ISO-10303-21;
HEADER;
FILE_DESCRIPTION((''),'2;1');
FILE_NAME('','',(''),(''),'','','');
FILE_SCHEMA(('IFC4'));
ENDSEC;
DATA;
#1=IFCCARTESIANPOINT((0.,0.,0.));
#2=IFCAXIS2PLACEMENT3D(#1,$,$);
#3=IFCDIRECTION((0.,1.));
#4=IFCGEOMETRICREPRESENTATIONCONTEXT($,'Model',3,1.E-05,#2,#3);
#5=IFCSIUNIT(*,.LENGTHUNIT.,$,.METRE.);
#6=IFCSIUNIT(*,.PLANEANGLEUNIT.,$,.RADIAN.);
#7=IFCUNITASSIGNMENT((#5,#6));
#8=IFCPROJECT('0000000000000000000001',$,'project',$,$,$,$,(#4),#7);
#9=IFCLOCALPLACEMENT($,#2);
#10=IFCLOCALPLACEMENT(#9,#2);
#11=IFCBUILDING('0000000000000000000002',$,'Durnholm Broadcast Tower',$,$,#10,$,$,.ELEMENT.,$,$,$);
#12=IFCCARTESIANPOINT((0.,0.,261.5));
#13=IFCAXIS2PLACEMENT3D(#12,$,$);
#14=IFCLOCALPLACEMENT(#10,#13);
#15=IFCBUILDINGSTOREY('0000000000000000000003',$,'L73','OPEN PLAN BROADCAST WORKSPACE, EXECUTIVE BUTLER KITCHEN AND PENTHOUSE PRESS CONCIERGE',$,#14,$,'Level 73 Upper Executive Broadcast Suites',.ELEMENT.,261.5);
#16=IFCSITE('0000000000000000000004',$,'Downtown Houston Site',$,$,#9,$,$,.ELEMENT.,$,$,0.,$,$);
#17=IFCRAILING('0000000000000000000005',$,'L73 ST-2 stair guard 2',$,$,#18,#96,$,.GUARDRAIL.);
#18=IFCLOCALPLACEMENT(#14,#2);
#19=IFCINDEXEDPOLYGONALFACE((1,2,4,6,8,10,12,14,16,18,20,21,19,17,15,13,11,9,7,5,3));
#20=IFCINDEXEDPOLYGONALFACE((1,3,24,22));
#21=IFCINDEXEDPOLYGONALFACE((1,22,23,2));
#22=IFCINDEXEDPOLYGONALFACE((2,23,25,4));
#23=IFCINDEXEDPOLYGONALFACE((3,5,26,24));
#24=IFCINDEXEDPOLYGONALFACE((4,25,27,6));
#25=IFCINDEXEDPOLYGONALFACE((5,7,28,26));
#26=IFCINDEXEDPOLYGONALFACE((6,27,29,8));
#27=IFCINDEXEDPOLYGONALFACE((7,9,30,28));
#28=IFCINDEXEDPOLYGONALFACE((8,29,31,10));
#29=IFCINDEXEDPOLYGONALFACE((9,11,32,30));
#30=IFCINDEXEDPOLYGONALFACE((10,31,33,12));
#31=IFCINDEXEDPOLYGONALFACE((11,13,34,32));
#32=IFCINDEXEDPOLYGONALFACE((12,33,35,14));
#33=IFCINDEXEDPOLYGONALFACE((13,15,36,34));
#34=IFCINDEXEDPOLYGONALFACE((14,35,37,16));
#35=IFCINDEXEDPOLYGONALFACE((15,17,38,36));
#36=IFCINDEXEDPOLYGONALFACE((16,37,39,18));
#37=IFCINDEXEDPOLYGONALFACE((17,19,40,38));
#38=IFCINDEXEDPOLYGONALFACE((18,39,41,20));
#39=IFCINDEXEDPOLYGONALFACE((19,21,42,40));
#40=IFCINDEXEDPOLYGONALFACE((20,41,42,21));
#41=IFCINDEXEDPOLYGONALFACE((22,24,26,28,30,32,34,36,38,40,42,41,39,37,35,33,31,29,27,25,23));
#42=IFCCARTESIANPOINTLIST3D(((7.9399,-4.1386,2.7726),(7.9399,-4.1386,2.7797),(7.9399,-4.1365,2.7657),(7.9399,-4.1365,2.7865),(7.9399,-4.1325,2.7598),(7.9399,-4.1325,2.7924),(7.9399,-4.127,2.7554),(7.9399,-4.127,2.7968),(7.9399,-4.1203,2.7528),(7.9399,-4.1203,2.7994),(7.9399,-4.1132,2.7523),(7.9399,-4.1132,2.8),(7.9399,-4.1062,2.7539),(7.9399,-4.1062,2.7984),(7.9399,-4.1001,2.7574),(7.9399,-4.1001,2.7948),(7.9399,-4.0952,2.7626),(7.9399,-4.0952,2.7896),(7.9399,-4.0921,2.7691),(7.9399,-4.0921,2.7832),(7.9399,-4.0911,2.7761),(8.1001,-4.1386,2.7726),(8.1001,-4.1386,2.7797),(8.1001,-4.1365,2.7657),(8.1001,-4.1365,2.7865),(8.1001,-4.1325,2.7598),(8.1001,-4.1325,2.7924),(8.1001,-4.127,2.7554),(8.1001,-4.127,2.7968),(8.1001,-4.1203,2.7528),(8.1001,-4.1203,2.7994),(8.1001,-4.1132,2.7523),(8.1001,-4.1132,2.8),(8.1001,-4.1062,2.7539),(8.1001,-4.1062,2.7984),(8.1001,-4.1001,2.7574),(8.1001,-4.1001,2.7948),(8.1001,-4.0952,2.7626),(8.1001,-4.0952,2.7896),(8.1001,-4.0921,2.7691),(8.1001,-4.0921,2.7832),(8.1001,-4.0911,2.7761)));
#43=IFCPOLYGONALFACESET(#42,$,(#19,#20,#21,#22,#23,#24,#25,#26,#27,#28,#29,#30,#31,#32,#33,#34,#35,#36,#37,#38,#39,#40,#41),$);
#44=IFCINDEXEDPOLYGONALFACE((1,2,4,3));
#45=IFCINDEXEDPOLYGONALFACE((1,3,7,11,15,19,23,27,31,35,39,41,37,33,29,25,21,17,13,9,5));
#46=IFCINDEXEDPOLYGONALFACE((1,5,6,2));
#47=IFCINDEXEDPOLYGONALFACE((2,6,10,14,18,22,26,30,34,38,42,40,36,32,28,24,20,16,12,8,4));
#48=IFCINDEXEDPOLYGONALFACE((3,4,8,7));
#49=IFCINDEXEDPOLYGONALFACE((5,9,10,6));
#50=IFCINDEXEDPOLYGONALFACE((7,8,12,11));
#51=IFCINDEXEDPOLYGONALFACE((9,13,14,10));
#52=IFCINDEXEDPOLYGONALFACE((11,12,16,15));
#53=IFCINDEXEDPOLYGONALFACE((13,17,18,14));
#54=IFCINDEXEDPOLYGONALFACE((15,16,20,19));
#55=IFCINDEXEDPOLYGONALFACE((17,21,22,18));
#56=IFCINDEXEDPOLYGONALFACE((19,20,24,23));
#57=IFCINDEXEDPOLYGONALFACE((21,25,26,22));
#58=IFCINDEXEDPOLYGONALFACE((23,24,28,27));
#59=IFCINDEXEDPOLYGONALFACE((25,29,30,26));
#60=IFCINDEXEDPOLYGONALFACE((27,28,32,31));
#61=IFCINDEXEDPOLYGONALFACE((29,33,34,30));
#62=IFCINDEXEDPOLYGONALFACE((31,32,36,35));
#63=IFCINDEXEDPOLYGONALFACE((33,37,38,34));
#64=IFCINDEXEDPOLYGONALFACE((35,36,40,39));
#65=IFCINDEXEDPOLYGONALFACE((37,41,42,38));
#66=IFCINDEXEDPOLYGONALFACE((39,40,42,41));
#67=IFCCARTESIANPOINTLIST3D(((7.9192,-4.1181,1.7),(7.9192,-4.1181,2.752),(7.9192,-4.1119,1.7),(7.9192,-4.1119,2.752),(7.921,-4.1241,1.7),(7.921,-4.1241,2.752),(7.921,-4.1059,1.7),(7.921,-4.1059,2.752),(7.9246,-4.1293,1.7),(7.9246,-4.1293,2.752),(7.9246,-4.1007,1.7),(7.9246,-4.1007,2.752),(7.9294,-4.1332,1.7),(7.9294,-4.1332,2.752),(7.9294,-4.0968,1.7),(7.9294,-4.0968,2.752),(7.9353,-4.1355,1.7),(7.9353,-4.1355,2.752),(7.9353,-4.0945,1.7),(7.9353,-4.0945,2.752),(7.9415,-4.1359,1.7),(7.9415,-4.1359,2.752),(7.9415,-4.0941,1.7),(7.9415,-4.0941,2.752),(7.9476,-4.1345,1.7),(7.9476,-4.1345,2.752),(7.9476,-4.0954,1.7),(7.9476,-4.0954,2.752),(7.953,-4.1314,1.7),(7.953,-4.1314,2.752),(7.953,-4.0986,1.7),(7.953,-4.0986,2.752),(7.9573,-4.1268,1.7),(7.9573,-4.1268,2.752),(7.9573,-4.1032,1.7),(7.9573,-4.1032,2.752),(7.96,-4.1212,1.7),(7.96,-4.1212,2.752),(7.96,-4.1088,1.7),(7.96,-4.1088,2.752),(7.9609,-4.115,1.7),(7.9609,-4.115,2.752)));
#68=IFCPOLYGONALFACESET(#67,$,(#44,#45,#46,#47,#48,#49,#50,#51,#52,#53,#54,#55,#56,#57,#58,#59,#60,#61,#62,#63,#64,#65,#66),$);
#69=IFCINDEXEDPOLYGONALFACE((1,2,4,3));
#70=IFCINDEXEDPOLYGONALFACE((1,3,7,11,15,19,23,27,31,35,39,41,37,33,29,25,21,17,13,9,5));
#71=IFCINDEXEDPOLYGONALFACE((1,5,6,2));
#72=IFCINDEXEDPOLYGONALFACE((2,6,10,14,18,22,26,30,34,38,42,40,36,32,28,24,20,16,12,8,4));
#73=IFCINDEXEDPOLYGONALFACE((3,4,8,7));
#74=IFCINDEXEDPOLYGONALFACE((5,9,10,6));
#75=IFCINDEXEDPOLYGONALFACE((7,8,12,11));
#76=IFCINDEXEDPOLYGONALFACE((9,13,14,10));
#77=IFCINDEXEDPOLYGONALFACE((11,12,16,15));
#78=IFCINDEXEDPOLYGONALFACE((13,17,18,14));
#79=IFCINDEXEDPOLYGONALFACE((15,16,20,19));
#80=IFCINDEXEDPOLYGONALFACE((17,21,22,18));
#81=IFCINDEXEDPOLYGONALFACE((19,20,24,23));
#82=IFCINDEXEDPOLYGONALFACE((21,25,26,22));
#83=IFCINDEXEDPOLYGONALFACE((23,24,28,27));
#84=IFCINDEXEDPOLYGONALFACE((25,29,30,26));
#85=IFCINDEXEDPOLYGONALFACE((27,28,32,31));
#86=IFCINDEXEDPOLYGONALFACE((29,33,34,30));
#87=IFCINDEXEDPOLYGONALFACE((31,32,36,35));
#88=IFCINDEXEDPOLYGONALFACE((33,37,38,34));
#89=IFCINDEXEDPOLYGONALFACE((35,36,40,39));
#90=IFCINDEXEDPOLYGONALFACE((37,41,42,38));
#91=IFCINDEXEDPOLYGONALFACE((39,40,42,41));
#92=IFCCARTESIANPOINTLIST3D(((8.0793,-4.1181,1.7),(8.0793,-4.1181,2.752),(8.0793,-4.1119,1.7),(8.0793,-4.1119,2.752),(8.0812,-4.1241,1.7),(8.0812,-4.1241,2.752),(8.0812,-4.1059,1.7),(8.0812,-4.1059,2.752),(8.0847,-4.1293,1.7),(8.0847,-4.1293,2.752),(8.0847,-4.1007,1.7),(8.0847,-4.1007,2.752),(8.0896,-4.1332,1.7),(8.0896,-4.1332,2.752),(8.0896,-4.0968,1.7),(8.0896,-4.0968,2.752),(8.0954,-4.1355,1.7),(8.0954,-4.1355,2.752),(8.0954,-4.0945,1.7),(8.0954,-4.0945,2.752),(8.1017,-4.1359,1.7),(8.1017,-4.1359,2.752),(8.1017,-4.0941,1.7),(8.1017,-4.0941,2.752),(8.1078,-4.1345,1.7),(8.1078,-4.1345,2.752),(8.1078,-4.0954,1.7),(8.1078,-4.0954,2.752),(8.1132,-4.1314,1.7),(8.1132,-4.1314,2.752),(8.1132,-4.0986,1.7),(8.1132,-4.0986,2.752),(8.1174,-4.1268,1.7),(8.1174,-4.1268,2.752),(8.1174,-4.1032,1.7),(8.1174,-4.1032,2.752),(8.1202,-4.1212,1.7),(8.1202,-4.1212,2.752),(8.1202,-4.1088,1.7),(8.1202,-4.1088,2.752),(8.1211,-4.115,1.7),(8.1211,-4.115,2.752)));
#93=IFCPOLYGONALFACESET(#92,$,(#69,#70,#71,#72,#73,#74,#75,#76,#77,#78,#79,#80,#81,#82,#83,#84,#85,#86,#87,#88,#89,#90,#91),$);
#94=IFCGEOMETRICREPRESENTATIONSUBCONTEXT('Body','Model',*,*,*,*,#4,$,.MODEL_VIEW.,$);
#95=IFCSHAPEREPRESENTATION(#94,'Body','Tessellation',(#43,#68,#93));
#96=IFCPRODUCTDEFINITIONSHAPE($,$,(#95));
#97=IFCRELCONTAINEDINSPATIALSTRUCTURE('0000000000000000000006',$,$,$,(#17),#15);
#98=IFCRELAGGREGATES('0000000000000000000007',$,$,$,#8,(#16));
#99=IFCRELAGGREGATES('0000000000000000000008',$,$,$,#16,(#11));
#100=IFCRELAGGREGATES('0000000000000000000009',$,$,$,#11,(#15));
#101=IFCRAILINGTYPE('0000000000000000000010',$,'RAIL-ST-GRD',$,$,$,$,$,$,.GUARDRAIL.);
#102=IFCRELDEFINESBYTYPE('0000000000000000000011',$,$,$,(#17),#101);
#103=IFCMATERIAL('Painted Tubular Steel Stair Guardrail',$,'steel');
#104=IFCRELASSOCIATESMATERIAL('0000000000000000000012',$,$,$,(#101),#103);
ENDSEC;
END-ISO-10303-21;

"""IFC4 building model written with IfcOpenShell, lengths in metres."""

from ifc_helpers import new_model, si_unit, direction, frame, origin, origin_2d, place, context, subcontext, project, spatial, circle, extrude, material, type_object, element, save


model = new_model("IFC4")

# Units and contexts
model_context = context("Model", 3, precision=1e-05, world=origin(), true_north=direction((0.0, 1.0)))
body_context = subcontext(model_context, "Body", "Model", "MODEL_VIEW")
ifc_project = project(units=[si_unit("LENGTHUNIT", "METRE"), si_unit("PLANEANGLEUNIT", "RADIAN")], contexts=[model_context])

# Site, building, storey
site_placement = place(None, origin())
site = spatial("IfcSite", under=ifc_project, at=site_placement, Name="Downtown Houston Site", CompositionType="ELEMENT", RefElevation=0.0)
building_placement = place(site_placement, origin())
building = spatial("IfcBuilding", under=site, at=building_placement, Name="Durnholm Broadcast Tower", CompositionType="ELEMENT")
storey_placement = place(building_placement, frame((0.0, 0.0, 261.5)))
storey = spatial("IfcBuildingStorey", under=building, at=storey_placement, Name="L73", Description="OPEN PLAN BROADCAST WORKSPACE, EXECUTIVE BUTLER KITCHEN AND PENTHOUSE PRESS CONCIERGE", LongName="Level 73 Upper Executive Broadcast Suites", CompositionType="ELEMENT", Elevation=261.5)

# Railing
ifc_material_1 = material(Name="Painted Tubular Steel Stair Guardrail", Category="steel")
railing_type_1 = type_object("IfcRailingType", Name="RAIL-ST-GRD", PredefinedType="GUARDRAIL", material=ifc_material_1)
railing_1_placement = place(storey_placement, frame((7.9399, -4.115, 1.7)))
element("IfcRailing", 1, at=railing_1_placement, inside=storey, type_object=railing_type_1, Name="L73 ST-2 stair guard 2", PredefinedType="GUARDRAIL", context=body_context, shape_type="SweptSolid", body=[
    extrude(circle(Radius=0.0239, at=origin_2d()), frame((0.0, 0.0, 1.0762), z_axis=(1.0, 0.0, 0.0), x_axis=(0.0, 1.0, 0.0)), (0.0, 0.0, 1.0), 0.1602),
    extrude(circle(Radius=0.021, at=origin_2d()), origin(), (0.0, 0.0, 1.0), 1.052),
    extrude(circle(Radius=0.021, at=origin_2d()), frame((0.1602, 0.0, 0.0)), (0.0, 0.0, 1.0), 1.052),
])

save(model, "model.ifc")
